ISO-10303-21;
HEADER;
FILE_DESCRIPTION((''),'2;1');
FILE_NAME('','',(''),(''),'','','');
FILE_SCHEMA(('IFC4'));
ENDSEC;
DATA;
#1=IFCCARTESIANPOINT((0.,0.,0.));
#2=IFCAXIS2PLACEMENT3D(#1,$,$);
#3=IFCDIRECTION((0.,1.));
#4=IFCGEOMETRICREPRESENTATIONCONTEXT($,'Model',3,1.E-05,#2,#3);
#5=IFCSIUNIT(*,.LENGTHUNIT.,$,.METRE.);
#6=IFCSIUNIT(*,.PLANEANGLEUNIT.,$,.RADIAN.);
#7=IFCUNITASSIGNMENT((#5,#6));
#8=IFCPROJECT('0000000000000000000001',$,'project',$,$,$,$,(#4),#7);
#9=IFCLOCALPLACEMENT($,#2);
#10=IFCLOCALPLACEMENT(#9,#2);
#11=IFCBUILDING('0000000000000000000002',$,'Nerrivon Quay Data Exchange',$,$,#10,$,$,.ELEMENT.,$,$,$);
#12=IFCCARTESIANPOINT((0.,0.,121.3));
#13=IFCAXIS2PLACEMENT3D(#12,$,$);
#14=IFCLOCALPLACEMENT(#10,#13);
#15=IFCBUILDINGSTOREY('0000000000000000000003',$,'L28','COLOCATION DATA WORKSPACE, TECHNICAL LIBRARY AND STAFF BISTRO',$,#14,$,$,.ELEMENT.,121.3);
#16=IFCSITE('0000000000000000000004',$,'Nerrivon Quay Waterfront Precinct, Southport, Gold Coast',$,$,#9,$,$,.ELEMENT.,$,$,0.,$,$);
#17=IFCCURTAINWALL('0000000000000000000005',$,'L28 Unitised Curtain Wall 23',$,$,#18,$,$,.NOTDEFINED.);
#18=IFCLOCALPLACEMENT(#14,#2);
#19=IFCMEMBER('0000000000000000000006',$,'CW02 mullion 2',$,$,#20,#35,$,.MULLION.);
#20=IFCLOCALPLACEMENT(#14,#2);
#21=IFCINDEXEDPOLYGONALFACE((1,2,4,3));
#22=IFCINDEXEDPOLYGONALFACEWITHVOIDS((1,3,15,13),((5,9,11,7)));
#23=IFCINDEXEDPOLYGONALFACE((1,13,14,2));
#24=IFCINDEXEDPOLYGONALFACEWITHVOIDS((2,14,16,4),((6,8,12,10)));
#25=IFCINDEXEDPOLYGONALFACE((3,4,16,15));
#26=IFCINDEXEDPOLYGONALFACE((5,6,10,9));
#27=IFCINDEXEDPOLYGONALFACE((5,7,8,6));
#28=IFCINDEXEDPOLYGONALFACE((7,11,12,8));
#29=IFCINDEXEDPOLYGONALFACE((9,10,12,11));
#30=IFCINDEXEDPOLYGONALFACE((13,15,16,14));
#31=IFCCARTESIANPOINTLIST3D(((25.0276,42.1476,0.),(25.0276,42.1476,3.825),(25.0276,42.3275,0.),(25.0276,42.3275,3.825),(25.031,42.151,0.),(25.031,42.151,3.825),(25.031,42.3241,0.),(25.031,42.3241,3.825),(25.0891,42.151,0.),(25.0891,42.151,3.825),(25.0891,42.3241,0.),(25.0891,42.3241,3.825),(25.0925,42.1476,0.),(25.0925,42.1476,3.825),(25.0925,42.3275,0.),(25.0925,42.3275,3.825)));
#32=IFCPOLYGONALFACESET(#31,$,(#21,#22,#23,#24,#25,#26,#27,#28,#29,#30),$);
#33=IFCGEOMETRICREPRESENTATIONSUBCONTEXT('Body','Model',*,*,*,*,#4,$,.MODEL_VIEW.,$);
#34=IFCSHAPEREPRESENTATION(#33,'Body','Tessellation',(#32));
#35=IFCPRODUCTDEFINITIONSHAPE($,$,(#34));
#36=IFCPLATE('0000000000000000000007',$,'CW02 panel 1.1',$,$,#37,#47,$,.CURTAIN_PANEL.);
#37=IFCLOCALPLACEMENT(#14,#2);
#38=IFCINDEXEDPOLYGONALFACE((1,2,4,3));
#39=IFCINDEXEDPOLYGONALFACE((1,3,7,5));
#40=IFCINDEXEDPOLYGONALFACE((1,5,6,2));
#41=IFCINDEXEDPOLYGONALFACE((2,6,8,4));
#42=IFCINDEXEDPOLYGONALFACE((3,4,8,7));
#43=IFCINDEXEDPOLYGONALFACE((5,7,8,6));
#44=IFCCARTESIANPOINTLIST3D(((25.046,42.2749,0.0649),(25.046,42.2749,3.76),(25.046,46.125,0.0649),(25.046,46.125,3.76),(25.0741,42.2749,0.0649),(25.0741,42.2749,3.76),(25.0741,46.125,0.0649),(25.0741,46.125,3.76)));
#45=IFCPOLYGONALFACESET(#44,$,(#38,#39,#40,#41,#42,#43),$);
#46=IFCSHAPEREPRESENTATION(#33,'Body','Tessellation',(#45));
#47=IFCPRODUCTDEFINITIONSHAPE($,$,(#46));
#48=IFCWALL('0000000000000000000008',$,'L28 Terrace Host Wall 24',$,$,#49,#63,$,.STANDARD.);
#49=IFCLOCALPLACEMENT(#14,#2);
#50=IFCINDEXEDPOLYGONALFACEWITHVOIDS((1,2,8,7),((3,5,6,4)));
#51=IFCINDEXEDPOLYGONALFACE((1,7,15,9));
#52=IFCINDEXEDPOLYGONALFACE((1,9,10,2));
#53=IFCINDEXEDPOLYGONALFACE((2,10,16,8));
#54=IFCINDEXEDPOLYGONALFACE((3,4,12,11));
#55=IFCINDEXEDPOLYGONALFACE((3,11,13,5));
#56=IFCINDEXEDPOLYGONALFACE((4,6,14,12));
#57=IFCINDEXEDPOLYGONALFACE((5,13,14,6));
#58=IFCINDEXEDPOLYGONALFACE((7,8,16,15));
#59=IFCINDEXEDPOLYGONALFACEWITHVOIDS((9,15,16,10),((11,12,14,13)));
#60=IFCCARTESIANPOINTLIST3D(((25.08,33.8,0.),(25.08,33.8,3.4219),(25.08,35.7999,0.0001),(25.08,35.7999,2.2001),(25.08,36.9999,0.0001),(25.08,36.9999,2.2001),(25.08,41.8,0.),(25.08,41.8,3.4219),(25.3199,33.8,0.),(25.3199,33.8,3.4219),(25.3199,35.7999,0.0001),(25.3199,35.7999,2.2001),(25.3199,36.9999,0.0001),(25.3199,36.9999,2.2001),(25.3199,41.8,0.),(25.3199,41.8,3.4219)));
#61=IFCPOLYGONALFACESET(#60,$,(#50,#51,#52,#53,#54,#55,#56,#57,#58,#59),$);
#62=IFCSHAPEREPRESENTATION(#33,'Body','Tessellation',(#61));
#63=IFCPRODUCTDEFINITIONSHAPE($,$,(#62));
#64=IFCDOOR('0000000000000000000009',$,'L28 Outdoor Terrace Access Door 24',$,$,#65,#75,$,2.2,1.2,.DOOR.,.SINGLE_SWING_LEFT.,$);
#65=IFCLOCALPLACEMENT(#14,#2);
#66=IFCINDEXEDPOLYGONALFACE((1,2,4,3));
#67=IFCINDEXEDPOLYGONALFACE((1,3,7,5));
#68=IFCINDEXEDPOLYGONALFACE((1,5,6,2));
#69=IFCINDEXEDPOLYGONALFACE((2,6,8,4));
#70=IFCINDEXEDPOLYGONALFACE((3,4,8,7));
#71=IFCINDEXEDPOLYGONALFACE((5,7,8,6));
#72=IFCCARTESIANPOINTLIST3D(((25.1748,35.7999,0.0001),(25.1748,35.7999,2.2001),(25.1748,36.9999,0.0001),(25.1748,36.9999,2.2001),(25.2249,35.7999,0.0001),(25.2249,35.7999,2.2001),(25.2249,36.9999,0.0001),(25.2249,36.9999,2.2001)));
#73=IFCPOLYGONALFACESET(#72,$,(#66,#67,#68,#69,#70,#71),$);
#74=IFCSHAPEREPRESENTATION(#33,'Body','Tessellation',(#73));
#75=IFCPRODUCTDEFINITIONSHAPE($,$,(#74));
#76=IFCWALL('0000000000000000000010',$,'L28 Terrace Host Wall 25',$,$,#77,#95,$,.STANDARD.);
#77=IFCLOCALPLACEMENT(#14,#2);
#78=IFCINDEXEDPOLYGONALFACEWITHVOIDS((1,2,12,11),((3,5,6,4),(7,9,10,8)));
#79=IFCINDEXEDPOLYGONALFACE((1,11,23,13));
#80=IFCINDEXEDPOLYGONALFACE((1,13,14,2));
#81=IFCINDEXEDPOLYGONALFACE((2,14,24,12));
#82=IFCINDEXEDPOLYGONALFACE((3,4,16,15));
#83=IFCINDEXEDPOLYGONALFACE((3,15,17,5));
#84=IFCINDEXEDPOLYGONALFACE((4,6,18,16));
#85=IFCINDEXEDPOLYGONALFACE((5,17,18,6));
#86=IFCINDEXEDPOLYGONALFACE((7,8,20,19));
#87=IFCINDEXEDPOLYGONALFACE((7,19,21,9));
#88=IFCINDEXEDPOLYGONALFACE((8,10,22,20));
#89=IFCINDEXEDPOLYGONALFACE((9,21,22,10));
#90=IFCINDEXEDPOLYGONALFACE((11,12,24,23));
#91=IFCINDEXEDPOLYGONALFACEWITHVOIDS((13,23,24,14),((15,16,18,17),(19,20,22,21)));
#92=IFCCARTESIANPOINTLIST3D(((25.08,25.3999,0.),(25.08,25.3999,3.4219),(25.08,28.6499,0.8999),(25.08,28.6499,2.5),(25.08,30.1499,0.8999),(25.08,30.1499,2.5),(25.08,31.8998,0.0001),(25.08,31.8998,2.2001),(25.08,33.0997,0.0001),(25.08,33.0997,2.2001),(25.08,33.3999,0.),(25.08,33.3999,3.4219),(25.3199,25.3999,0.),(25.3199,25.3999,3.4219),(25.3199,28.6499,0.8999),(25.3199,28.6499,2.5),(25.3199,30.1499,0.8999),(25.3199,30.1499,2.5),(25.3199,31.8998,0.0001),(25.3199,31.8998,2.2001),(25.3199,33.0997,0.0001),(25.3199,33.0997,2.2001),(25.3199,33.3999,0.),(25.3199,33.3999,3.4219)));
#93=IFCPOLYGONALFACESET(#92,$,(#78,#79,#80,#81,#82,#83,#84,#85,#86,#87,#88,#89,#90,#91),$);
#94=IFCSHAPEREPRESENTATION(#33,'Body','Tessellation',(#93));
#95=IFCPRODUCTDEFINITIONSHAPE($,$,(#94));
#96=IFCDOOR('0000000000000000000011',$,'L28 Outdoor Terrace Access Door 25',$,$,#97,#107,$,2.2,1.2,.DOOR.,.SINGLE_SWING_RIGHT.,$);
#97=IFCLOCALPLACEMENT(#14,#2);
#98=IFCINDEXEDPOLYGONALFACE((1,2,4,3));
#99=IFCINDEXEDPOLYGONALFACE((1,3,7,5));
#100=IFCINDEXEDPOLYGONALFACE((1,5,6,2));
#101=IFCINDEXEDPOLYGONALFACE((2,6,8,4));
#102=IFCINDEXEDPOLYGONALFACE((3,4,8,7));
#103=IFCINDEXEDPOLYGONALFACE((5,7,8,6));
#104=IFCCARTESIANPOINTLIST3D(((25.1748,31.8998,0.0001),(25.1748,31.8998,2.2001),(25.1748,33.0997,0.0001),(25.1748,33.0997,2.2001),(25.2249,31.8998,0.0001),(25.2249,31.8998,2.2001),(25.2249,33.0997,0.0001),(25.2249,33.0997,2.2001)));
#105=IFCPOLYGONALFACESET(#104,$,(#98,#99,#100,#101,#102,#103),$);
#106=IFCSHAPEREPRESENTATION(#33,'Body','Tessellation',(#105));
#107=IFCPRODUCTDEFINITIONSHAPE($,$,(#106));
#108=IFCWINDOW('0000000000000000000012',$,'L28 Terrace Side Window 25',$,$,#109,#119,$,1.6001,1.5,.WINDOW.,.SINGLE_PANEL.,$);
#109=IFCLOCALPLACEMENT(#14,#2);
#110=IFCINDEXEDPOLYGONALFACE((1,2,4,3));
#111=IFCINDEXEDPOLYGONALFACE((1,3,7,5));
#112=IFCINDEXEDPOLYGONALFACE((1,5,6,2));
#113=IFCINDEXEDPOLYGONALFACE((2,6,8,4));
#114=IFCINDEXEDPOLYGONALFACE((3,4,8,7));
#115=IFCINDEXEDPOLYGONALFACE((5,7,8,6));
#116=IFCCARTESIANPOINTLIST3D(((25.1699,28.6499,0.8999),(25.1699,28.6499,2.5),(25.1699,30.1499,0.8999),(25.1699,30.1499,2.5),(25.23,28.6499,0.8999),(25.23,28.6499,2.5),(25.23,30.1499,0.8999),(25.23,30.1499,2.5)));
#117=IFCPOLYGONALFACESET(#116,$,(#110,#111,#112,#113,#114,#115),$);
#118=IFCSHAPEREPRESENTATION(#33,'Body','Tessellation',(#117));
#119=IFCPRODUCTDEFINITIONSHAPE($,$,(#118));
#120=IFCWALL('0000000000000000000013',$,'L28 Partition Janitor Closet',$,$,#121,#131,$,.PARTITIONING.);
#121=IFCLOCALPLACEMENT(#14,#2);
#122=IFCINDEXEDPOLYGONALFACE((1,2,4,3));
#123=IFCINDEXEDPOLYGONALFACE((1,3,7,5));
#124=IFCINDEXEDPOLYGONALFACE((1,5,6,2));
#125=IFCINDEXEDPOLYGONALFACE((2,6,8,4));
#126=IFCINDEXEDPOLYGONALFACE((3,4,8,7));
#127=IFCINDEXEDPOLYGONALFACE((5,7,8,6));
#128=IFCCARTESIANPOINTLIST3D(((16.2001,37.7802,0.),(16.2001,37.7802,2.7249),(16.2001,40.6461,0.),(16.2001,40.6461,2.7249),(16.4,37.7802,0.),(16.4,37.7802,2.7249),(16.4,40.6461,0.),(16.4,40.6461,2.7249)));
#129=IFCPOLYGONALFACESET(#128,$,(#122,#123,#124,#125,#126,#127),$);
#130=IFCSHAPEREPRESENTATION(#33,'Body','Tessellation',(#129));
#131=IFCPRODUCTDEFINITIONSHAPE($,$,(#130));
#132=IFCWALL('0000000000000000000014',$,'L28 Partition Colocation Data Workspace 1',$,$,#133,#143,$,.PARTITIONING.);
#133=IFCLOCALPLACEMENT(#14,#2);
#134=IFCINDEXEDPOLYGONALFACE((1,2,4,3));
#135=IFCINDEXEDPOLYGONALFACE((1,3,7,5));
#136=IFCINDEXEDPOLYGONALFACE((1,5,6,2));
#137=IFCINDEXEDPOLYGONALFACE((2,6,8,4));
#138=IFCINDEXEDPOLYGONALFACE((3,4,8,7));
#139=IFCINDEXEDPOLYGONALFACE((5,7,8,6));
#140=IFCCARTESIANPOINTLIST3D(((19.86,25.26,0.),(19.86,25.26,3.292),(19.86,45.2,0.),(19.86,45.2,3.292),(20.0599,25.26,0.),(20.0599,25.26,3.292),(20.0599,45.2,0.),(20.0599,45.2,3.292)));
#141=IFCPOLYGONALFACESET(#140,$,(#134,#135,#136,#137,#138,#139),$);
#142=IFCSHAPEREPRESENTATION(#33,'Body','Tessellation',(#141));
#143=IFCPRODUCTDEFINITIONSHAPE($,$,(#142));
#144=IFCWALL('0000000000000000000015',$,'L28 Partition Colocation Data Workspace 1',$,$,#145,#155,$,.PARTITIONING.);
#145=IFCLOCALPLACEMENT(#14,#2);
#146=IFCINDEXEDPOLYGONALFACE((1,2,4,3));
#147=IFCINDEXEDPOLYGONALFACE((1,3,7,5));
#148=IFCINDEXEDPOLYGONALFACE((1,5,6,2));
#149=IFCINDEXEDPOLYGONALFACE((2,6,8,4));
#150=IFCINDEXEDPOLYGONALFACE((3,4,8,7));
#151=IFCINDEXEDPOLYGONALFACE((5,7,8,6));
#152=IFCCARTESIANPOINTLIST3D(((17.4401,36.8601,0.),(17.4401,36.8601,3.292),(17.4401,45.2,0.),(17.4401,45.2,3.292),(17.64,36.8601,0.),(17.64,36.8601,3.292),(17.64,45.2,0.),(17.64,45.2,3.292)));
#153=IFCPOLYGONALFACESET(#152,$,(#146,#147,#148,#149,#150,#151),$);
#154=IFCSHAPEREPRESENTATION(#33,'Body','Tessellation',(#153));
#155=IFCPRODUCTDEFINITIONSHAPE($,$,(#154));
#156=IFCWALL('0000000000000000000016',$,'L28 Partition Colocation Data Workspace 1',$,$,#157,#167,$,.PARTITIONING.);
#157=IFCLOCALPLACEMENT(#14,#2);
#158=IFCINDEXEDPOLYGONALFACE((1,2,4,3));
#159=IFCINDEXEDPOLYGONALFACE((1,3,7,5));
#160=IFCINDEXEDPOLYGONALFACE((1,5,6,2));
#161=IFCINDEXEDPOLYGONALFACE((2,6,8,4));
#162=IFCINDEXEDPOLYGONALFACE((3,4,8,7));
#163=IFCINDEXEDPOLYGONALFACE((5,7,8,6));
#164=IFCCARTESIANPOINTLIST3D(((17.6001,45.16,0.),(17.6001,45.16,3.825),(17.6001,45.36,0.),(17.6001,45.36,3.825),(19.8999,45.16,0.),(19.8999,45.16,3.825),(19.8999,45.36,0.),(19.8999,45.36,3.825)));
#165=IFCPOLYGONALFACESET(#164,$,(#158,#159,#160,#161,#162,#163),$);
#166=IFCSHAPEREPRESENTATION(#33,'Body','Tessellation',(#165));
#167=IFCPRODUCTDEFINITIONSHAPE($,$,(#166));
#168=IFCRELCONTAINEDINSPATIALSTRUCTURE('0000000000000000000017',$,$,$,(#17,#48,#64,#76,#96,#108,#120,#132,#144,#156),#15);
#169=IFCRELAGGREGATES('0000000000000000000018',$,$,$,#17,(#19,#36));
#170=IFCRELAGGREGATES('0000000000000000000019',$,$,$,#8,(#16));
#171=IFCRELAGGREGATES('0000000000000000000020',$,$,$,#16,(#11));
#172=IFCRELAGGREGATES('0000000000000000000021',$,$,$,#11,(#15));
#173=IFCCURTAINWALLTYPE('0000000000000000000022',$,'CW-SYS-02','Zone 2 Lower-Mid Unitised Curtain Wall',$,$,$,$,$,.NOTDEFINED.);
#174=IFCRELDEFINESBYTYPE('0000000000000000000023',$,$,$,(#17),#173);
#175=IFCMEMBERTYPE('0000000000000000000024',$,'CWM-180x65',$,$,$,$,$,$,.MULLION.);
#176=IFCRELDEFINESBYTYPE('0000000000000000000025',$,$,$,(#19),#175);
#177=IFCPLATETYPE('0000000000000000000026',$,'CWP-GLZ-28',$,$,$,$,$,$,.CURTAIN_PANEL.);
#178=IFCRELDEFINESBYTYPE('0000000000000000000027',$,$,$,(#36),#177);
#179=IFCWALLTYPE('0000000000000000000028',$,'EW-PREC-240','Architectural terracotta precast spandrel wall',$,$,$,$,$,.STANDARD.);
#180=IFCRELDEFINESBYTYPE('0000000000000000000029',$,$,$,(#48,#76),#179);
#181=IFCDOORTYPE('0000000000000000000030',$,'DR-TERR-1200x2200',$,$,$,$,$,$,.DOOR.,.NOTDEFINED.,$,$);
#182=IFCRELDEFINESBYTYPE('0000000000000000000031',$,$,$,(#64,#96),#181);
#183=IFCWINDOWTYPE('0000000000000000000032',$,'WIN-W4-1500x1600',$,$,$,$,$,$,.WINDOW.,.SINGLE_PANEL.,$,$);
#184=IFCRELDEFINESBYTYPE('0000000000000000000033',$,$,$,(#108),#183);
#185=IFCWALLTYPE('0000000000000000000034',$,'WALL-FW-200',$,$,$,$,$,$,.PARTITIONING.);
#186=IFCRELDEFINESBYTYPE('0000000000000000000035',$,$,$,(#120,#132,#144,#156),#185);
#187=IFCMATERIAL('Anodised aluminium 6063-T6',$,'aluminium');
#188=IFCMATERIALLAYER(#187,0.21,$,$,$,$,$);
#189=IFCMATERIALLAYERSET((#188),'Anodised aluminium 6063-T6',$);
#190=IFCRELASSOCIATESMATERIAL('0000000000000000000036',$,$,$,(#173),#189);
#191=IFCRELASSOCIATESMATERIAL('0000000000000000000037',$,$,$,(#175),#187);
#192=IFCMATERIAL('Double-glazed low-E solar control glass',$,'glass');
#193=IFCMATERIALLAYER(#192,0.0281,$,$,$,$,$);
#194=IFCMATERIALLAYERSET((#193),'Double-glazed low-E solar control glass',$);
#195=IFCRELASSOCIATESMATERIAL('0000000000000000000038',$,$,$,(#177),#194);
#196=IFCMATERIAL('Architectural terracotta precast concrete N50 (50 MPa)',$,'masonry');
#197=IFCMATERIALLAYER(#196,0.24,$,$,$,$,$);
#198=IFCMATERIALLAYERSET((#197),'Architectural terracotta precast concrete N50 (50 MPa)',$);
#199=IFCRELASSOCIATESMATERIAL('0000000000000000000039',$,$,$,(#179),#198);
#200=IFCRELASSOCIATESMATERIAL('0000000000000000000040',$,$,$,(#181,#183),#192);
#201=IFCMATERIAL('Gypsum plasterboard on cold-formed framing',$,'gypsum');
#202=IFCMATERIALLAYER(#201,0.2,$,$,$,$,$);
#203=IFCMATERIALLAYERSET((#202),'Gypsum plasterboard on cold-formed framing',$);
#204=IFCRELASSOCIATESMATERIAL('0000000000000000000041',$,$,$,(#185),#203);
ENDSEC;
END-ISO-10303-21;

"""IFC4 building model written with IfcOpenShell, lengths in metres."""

from ifc_helpers import new_model, si_unit, direction, frame, frame_2d, origin, origin_2d, place, context, subcontext, project, spatial, rectangle, hollow_rectangle, extrude, material, layer, layer_set, material_profile, profile_set, type_object, element, fill, aggregate, save


model = new_model("IFC4")

# Units and contexts
model_context = context("Model", 3, precision=1e-05, world=origin(), true_north=direction((0.0, 1.0)))
body_context = subcontext(model_context, "Body", "Model", "MODEL_VIEW")
ifc_project = project(units=[si_unit("LENGTHUNIT", "METRE"), si_unit("PLANEANGLEUNIT", "RADIAN")], contexts=[model_context])

# Site, building, storey
site_placement = place(None, origin())
site = spatial("IfcSite", under=ifc_project, at=site_placement, Name="Nerrivon Quay Waterfront Precinct, Southport, Gold Coast", CompositionType="ELEMENT", RefElevation=0.0)
building_placement = place(site_placement, origin())
building = spatial("IfcBuilding", under=site, at=building_placement, Name="Nerrivon Quay Data Exchange", CompositionType="ELEMENT")
storey_placement = place(building_placement, frame((0.0, 0.0, 121.3)))
storey = spatial("IfcBuildingStorey", under=building, at=storey_placement, Name="L28", Description="COLOCATION DATA WORKSPACE, TECHNICAL LIBRARY AND STAFF BISTRO", CompositionType="ELEMENT", Elevation=121.3)

# Curtain wall, member, plate
ifc_material_1 = material(Name="Anodised aluminium 6063-T6", Category="aluminium")
ifc_layer_1 = layer(ifc_material_1, 0.21)
ifc_layer_set_1 = layer_set([ifc_layer_1], Name="Anodised aluminium 6063-T6")
curtain_wall_type = type_object("IfcCurtainWallType", Name="CW-SYS-02", Description="Zone 2 Lower-Mid Unitised Curtain Wall", PredefinedType="NOTDEFINED", material=ifc_layer_set_1)
curtain_wall_placement = place(storey_placement, origin())
curtain_wall = element("IfcCurtainWall", 1, at=curtain_wall_placement, inside=storey, type_object=curtain_wall_type, Name="L28 Unitised Curtain Wall 23", PredefinedType="NOTDEFINED")
ifc_material_profile_1 = material_profile(ifc_material_1, hollow_rectangle(XDim=0.0649, YDim=0.1799, WallThickness=0.0034, at=origin_2d()), Name="ALU-MULL-180x65")
ifc_profile_set_1 = profile_set([ifc_material_profile_1], Name="Anodised aluminium 6063-T6")
member_type = type_object("IfcMemberType", Name="CWM-180x65", PredefinedType="MULLION", material=ifc_profile_set_1)
member_placement = place(storey_placement, frame((25.0601, 42.2375, 0.0), z_axis=(0.0, 0.0, 1.0), x_axis=(1.0, 0.0, 0.0)))
member = element("IfcMember", 2, at=member_placement, type_object=member_type, Name="CW02 mullion 2", PredefinedType="MULLION", context=body_context, shape_type="SweptSolid", body=[
    extrude(hollow_rectangle(XDim=0.0649, YDim=0.1799, WallThickness=0.0034, at=origin_2d()), origin(), (0.0, 0.0, 1.0), 3.825),
])
ifc_material_2 = material(Name="Double-glazed low-E solar control glass", Category="glass")
ifc_layer_2 = layer(ifc_material_2, 0.0281)
ifc_layer_set_2 = layer_set([ifc_layer_2], Name="Double-glazed low-E solar control glass")
plate_type = type_object("IfcPlateType", Name="CWP-GLZ-28", PredefinedType="CURTAIN_PANEL", material=ifc_layer_set_2)
plate_placement = place(storey_placement, frame((25.0601, 44.2, 0.0649), z_axis=(0.0, 0.0, 1.0), x_axis=(0.0, -1.0, 0.0)))
plate = element("IfcPlate", 3, at=plate_placement, type_object=plate_type, Name="CW02 panel 1.1", PredefinedType="CURTAIN_PANEL", context=body_context, shape_type="SweptSolid", body=[
    extrude(rectangle(XDim=3.8501, YDim=0.0281, at=origin_2d()), origin(), (0.0, 0.0, 1.0), 3.6951),
])
aggregate(curtain_wall, [member, plate])

# Wall, opening, door
ifc_material_3 = material(Name="Architectural terracotta precast concrete N50 (50 MPa)", Category="masonry")
ifc_layer_3 = layer(ifc_material_3, 0.24)
ifc_layer_set_3 = layer_set([ifc_layer_3], Name="Architectural terracotta precast concrete N50 (50 MPa)")
wall_type_1 = type_object("IfcWallType", Name="EW-PREC-240", Description="Architectural terracotta precast spandrel wall", PredefinedType="STANDARD", material=ifc_layer_set_3)
wall_1_placement = place(storey_placement, frame((25.2, 41.8, 0.0), z_axis=(0.0, 0.0, 1.0), x_axis=(0.0, -1.0, 0.0)))
wall_1 = element("IfcWall", 4, at=wall_1_placement, inside=storey, type_object=wall_type_1, Name="L28 Terrace Host Wall 24", PredefinedType="STANDARD", context=body_context, shape_type="SweptSolid", body=[
    extrude(rectangle(XDim=8.0, YDim=0.24, at=frame_2d((4.0, 0.0))), origin(), (0.0, 0.0, 1.0), 3.4219),
])
opening_1_placement = place(wall_1_placement, frame((4.8, 0.0, 0.0)))
opening_1 = element("IfcOpeningElement", 5, at=opening_1_placement, cuts=wall_1, PredefinedType="OPENING", context=body_context, shape_type="SweptSolid", body=[
    extrude(rectangle(XDim=1.2, YDim=2.2, at=frame_2d((0.6001, 1.1001))), frame((0.0, 0.1299, 0.0), z_axis=(0.0, -1.0, 0.0), x_axis=(1.0, 0.0, 0.0)), (0.0, 0.0, 1.0), 0.26),
])
door_type_1 = type_object("IfcDoorType", Name="DR-TERR-1200x2200", OperationType="NOTDEFINED", PredefinedType="DOOR", material=ifc_material_2)
door_1_placement = place(opening_1_placement, origin())
door_1 = element("IfcDoor", 6, at=door_1_placement, inside=storey, type_object=door_type_1, Name="L28 Outdoor Terrace Access Door 24", OperationType="SINGLE_SWING_LEFT", OverallHeight=2.2, OverallWidth=1.2, PredefinedType="DOOR", context=body_context, shape_type="SweptSolid", body=[
    extrude(rectangle(XDim=1.2, YDim=2.2, at=frame_2d((0.6001, 1.1001))), frame((0.0, 0.0249, 0.0), z_axis=(0.0, -1.0, 0.0), x_axis=(1.0, 0.0, 0.0)), (0.0, 0.0, 1.0), 0.05),
])
fill(opening_1, door_1)

# Wall, openings, door, window
wall_2_placement = place(storey_placement, frame((25.2, 33.3999, 0.0), z_axis=(0.0, 0.0, 1.0), x_axis=(0.0, -1.0, 0.0)))
wall_2 = element("IfcWall", 7, at=wall_2_placement, inside=storey, type_object=wall_type_1, Name="L28 Terrace Host Wall 25", PredefinedType="STANDARD", context=body_context, shape_type="SweptSolid", body=[
    extrude(rectangle(XDim=8.0, YDim=0.24, at=frame_2d((4.0, 0.0))), origin(), (0.0, 0.0, 1.0), 3.4219),
])
opening_2_placement = place(wall_2_placement, frame((0.3, 0.0, 0.0)))
opening_2 = element("IfcOpeningElement", 8, at=opening_2_placement, cuts=wall_2, PredefinedType="OPENING", context=body_context, shape_type="SweptSolid", body=[
    extrude(rectangle(XDim=1.2, YDim=2.2, at=frame_2d((0.6001, 1.1001))), frame((0.0, 0.1299, 0.0), z_axis=(0.0, -1.0, 0.0), x_axis=(1.0, 0.0, 0.0)), (0.0, 0.0, 1.0), 0.26),
])
opening_3_placement = place(wall_2_placement, frame((3.25, 0.0, 0.8999)))
opening_3 = element("IfcOpeningElement", 9, at=opening_3_placement, cuts=wall_2, PredefinedType="OPENING", context=body_context, shape_type="SweptSolid", body=[
    extrude(rectangle(XDim=1.5, YDim=1.6001, at=frame_2d((0.75, 0.8))), frame((0.0, 0.1299, 0.0), z_axis=(0.0, -1.0, 0.0), x_axis=(1.0, 0.0, 0.0)), (0.0, 0.0, 1.0), 0.26),
])
door_2_placement = place(opening_2_placement, origin())
door_2 = element("IfcDoor", 10, at=door_2_placement, inside=storey, type_object=door_type_1, Name="L28 Outdoor Terrace Access Door 25", OperationType="SINGLE_SWING_RIGHT", OverallHeight=2.2, OverallWidth=1.2, PredefinedType="DOOR", context=body_context, shape_type="SweptSolid", body=[
    extrude(rectangle(XDim=1.2, YDim=2.2, at=frame_2d((0.6001, 1.1001))), frame((0.0, 0.0249, 0.0), z_axis=(0.0, -1.0, 0.0), x_axis=(1.0, 0.0, 0.0)), (0.0, 0.0, 1.0), 0.05),
])
fill(opening_2, door_2)
window_type = type_object("IfcWindowType", Name="WIN-W4-1500x1600", PartitioningType="SINGLE_PANEL", PredefinedType="WINDOW", material=ifc_material_2)
window_placement = place(opening_3_placement, origin())
window = element("IfcWindow", 11, at=window_placement, inside=storey, type_object=window_type, Name="L28 Terrace Side Window 25", OverallHeight=1.6001, OverallWidth=1.5, PartitioningType="SINGLE_PANEL", PredefinedType="WINDOW", context=body_context, shape_type="SweptSolid", body=[
    extrude(rectangle(XDim=1.5, YDim=1.6001, at=frame_2d((0.75, 0.8))), frame((0.0, 0.03, 0.0), z_axis=(0.0, -1.0, 0.0), x_axis=(1.0, 0.0, 0.0)), (0.0, 0.0, 1.0), 0.0601),
])
fill(opening_3, window)

# Walls
ifc_material_4 = material(Name="Gypsum plasterboard on cold-formed framing", Category="gypsum")
ifc_layer_4 = layer(ifc_material_4, 0.2)
ifc_layer_set_4 = layer_set([ifc_layer_4], Name="Gypsum plasterboard on cold-formed framing")
wall_type_2 = type_object("IfcWallType", Name="WALL-FW-200", PredefinedType="PARTITIONING", material=ifc_layer_set_4)
wall_3_placement = place(storey_placement, frame((16.3, 37.78, 0.0), z_axis=(0.0, 0.0, 1.0), x_axis=(0.0, 1.0, 0.0)))
element("IfcWall", 12, at=wall_3_placement, inside=storey, type_object=wall_type_2, Name="L28 Partition Janitor Closet", PredefinedType="PARTITIONING", context=body_context, shape_type="SweptSolid", body=[
    extrude(rectangle(XDim=2.866, YDim=0.2, at=frame_2d((1.4331, 0.0))), origin(), (0.0, 0.0, 1.0), 2.7249),
])
wall_4_placement = place(storey_placement, frame((19.96, 45.2, 0.0), z_axis=(0.0, 0.0, 1.0), x_axis=(0.0, -1.0, 0.0)))
element("IfcWall", 13, at=wall_4_placement, inside=storey, type_object=wall_type_2, Name="L28 Partition Colocation Data Workspace 1", PredefinedType="PARTITIONING", context=body_context, shape_type="SweptSolid", body=[
    extrude(rectangle(XDim=19.9399, YDim=0.2, at=frame_2d((9.97, 0.0))), origin(), (0.0, 0.0, 1.0), 3.292),
])
wall_5_placement = place(storey_placement, frame((17.54, 36.8601, 0.0), z_axis=(0.0, 0.0, 1.0), x_axis=(0.0, 1.0, 0.0)))
element("IfcWall", 14, at=wall_5_placement, inside=storey, type_object=wall_type_2, Name="L28 Partition Colocation Data Workspace 1", PredefinedType="PARTITIONING", context=body_context, shape_type="SweptSolid", body=[
    extrude(rectangle(XDim=8.3398, YDim=0.2, at=frame_2d((4.1699, 0.0))), origin(), (0.0, 0.0, 1.0), 3.292),
])
wall_6_placement = place(storey_placement, frame((17.6001, 45.26, 0.0), z_axis=(0.0, 0.0, 1.0), x_axis=(1.0, 0.0, 0.0)))
element("IfcWall", 15, at=wall_6_placement, inside=storey, type_object=wall_type_2, Name="L28 Partition Colocation Data Workspace 1", PredefinedType="PARTITIONING", context=body_context, shape_type="SweptSolid", body=[
    extrude(rectangle(XDim=2.2998, YDim=0.2, at=frame_2d((1.1499, 0.0))), origin(), (0.0, 0.0, 1.0), 3.825),
])

save(model, "model.ifc")
